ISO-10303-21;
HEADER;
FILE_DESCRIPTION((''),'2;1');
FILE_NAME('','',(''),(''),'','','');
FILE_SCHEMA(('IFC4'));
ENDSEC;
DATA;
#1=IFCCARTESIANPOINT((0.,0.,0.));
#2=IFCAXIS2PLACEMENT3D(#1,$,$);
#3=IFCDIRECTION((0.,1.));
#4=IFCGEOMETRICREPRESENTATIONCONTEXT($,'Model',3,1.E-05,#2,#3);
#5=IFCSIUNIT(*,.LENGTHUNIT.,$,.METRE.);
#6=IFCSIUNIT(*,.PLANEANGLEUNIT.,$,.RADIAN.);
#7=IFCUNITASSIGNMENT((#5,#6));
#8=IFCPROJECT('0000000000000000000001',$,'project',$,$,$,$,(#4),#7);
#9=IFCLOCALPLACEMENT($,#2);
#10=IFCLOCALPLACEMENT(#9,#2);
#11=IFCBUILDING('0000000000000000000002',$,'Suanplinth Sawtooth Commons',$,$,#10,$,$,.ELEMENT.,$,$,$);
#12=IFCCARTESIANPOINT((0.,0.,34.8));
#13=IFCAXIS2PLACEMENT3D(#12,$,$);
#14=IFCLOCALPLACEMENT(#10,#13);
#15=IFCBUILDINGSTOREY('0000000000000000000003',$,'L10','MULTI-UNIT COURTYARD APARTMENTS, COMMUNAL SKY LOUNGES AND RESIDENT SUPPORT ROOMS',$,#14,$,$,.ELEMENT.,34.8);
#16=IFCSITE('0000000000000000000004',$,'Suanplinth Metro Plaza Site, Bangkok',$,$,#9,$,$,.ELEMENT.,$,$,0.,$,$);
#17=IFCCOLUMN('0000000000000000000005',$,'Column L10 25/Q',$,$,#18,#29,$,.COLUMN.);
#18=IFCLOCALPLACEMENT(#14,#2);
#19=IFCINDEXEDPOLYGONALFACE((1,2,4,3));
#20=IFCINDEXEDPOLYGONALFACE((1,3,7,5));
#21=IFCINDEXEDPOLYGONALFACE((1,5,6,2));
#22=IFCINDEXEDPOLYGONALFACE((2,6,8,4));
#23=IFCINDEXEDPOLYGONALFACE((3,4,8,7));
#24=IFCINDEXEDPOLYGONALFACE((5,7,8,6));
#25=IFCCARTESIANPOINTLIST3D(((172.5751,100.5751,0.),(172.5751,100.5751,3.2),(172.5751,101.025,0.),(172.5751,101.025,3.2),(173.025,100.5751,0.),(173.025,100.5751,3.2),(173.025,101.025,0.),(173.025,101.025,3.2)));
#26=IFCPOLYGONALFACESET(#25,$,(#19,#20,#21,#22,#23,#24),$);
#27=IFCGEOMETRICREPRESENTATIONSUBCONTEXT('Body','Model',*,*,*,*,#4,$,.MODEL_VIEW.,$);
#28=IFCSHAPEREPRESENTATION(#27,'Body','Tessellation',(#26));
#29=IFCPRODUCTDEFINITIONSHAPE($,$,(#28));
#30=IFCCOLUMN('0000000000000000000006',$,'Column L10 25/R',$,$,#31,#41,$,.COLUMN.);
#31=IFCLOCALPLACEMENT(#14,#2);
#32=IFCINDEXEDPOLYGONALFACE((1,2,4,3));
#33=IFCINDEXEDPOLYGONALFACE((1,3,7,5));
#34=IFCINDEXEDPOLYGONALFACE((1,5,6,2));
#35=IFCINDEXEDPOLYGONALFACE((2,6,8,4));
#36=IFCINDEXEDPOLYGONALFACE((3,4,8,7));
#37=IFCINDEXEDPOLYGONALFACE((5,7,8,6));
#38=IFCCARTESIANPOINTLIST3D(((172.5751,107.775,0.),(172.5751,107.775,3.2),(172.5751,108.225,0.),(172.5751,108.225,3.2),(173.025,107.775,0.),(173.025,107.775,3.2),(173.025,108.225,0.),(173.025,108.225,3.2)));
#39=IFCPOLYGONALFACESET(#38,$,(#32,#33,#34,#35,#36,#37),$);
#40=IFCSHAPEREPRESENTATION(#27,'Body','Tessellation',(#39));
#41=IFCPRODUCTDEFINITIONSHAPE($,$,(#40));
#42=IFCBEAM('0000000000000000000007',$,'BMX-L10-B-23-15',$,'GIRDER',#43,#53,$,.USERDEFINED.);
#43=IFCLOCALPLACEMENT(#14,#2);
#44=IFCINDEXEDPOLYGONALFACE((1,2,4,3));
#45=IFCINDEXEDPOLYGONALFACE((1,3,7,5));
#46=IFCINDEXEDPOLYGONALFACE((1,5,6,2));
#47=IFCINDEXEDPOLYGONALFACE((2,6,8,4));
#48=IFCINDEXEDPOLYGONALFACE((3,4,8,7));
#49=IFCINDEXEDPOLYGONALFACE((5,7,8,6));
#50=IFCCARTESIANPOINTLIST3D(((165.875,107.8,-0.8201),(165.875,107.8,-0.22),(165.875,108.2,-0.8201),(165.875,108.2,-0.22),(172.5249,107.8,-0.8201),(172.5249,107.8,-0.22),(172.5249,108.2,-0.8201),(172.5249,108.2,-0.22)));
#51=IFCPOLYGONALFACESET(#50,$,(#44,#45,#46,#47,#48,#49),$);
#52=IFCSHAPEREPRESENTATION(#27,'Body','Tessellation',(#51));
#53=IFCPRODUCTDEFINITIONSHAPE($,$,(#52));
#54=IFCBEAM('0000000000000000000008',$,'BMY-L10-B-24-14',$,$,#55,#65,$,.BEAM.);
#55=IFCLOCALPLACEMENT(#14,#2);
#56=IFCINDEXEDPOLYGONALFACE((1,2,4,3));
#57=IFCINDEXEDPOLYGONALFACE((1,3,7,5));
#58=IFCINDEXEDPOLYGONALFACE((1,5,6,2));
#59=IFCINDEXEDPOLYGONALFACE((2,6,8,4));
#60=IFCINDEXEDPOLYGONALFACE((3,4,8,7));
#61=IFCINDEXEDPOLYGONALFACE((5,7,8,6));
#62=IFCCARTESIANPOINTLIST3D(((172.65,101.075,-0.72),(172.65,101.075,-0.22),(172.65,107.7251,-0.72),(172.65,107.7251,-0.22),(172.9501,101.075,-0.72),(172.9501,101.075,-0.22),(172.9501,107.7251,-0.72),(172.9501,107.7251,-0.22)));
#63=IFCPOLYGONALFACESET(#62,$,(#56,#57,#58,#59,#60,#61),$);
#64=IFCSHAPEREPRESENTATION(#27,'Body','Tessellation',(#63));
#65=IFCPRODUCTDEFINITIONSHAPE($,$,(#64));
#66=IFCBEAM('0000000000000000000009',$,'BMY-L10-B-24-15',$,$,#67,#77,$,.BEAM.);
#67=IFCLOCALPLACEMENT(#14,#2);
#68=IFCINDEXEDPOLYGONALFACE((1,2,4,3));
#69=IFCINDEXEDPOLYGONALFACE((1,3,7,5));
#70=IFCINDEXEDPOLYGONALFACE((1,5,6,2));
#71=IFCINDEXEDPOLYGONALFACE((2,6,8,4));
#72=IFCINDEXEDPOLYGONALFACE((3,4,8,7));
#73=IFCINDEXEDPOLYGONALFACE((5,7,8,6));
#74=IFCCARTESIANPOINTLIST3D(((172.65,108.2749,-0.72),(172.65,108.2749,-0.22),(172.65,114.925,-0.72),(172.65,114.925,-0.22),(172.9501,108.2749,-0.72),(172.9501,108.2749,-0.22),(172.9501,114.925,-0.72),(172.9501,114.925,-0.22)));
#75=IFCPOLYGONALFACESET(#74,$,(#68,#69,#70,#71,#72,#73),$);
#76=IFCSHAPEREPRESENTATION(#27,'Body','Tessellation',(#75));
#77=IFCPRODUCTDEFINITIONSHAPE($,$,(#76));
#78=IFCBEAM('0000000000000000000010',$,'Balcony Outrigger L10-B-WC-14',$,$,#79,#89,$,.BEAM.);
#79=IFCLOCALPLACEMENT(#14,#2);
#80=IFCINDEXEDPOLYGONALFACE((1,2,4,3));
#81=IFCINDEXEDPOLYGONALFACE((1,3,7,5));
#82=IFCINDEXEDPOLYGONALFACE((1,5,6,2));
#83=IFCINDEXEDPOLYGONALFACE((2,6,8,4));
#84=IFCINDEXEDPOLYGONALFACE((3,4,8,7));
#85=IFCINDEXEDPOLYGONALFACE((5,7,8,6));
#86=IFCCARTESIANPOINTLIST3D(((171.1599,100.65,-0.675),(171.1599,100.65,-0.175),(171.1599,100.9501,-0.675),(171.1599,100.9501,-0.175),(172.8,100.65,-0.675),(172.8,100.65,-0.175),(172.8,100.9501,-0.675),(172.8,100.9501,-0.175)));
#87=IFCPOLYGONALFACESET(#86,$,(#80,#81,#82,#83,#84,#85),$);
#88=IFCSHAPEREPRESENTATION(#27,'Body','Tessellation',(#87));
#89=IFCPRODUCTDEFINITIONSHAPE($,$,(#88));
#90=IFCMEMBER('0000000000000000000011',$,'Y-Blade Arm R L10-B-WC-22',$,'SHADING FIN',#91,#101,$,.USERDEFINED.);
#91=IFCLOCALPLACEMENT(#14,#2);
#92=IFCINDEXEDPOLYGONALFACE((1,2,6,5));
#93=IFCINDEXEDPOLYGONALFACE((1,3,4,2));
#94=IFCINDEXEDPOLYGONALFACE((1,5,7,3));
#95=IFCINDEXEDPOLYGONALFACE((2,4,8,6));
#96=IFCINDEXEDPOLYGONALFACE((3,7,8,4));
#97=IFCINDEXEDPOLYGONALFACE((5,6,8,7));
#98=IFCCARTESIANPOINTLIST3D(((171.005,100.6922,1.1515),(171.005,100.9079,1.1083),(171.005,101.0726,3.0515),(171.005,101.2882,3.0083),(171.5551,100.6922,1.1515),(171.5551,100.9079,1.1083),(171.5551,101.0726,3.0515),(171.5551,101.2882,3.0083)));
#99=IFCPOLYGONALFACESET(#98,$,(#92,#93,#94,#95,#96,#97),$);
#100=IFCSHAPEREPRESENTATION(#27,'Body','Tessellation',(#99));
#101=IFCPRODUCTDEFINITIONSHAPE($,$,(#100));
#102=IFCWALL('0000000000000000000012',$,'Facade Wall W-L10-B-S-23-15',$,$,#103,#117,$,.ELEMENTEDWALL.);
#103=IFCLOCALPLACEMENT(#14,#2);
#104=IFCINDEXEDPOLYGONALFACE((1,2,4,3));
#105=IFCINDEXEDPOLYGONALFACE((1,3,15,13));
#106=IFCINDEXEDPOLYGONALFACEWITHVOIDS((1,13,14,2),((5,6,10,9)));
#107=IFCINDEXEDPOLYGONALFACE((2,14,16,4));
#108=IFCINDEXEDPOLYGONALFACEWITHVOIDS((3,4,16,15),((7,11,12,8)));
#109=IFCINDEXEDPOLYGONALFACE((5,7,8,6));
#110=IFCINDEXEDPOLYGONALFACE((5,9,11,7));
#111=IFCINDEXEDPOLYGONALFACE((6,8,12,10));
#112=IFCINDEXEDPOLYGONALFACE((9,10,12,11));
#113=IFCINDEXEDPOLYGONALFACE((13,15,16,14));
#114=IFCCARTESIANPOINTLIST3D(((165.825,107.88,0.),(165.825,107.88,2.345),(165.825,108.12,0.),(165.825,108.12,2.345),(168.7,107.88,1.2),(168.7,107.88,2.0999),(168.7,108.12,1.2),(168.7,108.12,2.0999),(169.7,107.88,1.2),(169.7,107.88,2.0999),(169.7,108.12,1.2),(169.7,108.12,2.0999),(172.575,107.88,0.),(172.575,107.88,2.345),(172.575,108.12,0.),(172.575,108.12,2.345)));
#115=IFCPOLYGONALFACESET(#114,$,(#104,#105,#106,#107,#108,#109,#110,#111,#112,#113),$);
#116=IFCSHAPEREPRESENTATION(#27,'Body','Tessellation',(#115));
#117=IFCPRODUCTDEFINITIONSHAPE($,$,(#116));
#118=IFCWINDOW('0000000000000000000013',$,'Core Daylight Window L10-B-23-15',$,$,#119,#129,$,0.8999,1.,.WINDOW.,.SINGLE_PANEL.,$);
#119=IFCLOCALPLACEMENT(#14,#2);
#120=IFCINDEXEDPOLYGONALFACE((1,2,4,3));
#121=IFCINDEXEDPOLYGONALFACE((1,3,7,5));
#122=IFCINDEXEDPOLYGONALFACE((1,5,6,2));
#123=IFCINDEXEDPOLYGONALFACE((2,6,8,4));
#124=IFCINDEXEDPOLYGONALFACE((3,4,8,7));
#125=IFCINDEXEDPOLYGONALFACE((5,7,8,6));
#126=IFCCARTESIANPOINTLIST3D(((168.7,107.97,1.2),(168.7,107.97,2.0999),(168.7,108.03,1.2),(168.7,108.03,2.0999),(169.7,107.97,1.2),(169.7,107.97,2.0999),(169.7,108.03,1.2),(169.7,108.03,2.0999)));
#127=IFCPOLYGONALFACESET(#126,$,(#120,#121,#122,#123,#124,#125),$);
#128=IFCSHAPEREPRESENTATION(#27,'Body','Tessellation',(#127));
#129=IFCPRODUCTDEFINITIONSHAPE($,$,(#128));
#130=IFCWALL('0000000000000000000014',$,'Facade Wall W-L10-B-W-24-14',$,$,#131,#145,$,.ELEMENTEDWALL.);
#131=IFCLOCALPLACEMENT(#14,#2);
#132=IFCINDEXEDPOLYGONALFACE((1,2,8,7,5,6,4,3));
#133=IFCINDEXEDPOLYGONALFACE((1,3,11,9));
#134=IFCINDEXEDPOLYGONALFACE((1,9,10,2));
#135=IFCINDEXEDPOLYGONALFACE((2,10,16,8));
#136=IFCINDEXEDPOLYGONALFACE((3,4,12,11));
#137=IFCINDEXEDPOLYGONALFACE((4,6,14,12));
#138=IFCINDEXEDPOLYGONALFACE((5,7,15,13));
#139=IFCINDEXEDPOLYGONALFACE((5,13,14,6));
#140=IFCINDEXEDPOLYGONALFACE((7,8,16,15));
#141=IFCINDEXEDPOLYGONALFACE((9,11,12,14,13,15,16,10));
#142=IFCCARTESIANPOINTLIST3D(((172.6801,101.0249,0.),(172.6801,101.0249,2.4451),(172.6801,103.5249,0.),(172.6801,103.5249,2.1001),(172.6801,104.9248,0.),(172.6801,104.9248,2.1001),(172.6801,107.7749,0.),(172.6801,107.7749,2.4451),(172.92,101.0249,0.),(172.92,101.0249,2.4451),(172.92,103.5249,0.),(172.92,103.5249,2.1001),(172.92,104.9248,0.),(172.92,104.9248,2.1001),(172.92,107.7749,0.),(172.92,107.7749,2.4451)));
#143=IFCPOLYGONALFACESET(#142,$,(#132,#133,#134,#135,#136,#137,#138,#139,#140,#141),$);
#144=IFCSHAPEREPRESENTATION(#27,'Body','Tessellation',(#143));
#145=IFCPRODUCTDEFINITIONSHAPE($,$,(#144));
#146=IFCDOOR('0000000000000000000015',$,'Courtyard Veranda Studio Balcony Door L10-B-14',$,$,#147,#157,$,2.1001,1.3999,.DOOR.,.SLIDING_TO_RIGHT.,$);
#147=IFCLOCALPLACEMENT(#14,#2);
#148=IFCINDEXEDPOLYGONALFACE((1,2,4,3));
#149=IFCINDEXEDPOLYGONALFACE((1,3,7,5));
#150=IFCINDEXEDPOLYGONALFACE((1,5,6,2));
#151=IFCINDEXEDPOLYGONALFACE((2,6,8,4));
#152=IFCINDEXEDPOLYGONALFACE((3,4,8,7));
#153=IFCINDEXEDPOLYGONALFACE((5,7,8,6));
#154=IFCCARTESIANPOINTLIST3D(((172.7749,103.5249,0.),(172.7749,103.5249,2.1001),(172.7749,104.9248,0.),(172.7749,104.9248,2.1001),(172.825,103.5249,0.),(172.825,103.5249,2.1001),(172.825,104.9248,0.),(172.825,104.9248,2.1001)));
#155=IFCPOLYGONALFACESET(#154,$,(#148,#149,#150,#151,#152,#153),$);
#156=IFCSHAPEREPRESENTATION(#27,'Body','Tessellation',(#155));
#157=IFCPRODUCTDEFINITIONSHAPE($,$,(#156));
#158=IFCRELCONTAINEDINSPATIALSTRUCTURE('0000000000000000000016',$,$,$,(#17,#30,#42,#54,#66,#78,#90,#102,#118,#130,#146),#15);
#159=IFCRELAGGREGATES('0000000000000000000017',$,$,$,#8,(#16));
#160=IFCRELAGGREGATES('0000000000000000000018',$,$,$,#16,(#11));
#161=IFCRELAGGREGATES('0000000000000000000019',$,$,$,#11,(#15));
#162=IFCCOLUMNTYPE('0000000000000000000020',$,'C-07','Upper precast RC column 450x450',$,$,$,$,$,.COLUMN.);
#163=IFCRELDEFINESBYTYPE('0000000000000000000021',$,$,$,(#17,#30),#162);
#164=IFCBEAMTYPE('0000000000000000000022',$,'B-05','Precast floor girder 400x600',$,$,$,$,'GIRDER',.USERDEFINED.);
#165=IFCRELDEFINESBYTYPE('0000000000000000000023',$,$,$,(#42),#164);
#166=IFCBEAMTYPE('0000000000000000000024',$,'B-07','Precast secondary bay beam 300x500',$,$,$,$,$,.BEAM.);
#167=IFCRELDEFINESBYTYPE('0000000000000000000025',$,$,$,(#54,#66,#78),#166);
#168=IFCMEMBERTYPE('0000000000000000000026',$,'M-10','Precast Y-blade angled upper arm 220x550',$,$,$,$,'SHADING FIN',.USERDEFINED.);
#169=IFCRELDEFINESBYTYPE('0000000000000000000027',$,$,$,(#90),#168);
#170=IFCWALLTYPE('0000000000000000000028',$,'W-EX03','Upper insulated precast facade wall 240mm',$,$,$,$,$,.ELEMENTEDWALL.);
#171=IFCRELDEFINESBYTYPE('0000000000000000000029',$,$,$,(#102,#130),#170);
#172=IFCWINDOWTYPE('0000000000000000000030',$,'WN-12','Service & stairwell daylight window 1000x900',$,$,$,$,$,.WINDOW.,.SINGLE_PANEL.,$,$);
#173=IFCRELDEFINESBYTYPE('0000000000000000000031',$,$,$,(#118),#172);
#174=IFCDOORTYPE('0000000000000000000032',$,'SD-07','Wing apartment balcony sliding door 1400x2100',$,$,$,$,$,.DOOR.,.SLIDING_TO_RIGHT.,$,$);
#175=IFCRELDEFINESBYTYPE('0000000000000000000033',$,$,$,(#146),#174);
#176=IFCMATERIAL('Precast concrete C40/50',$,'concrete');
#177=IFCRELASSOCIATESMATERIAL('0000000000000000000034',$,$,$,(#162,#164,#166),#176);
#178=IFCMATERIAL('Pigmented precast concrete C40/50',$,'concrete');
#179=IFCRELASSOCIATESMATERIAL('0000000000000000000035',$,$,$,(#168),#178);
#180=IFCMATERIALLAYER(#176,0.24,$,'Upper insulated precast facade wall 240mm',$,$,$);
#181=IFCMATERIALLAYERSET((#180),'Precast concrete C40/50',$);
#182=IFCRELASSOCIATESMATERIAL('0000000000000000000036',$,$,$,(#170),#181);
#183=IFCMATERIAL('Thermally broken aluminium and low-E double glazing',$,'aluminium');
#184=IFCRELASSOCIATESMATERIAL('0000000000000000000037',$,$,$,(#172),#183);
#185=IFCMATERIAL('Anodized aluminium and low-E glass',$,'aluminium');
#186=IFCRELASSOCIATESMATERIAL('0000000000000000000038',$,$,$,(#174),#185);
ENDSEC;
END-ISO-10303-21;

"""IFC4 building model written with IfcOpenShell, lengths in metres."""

from ifc_helpers import new_model, si_unit, direction, frame, frame_2d, origin, origin_2d, place, context, subcontext, project, spatial, rectangle, extrude, material, layer, layer_set, material_profile, profile_set, type_object, element, fill, save


model = new_model("IFC4")

# Units and contexts
model_context = context("Model", 3, precision=1e-05, world=origin(), true_north=direction((0.0, 1.0)))
body_context = subcontext(model_context, "Body", "Model", "MODEL_VIEW")
ifc_project = project(units=[si_unit("LENGTHUNIT", "METRE"), si_unit("PLANEANGLEUNIT", "RADIAN")], contexts=[model_context])

# Site, building, storey
site_placement = place(None, origin())
site = spatial("IfcSite", under=ifc_project, at=site_placement, Name="Suanplinth Metro Plaza Site, Bangkok", CompositionType="ELEMENT", RefElevation=0.0)
building_placement = place(site_placement, origin())
building = spatial("IfcBuilding", under=site, at=building_placement, Name="Suanplinth Sawtooth Commons", CompositionType="ELEMENT")
storey_placement = place(building_placement, frame((0.0, 0.0, 34.8)))
storey = spatial("IfcBuildingStorey", under=building, at=storey_placement, Name="L10", Description="MULTI-UNIT COURTYARD APARTMENTS, COMMUNAL SKY LOUNGES AND RESIDENT SUPPORT ROOMS", CompositionType="ELEMENT", Elevation=34.8)

# Columns
ifc_material_1 = material(Name="Precast concrete C40/50", Category="concrete")
ifc_material_profile_1 = material_profile(ifc_material_1, rectangle(XDim=0.45, YDim=0.45, at=origin_2d()), Name="PC-COL 450x450")
ifc_profile_set_1 = profile_set([ifc_material_profile_1], Name="Precast concrete C40/50")
column_type = type_object("IfcColumnType", Name="C-07", Description="Upper precast RC column 450x450", PredefinedType="COLUMN", material=ifc_profile_set_1)
for number, where, z_axis, x_axis, name in (
    (1, (172.8, 100.8, 0.0), (0.0, 0.0, 1.0), (1.0, 0.0, 0.0), "Column L10 25/Q"),
    (2, (172.8, 108.0, 0.0), (0.0, 0.0, 1.0), (1.0, 0.0, 0.0), "Column L10 25/R"),
):
    element("IfcColumn", number, at=place(storey_placement, frame(where, z_axis=z_axis, x_axis=x_axis)), inside=storey, type_object=column_type, Name=name, PredefinedType="COLUMN", context=body_context, shape_type="SweptSolid", body=[
        extrude(rectangle(XDim=0.45, YDim=0.45, at=origin_2d()), origin(), (0.0, 0.0, 1.0), 3.2),
    ])

# Beams
ifc_material_profile_2 = material_profile(ifc_material_1, rectangle(XDim=0.3999, YDim=0.6001, at=origin_2d()), Name="PC-GDR 400x600")
ifc_profile_set_2 = profile_set([ifc_material_profile_2], Name="Precast concrete C40/50")
beam_type_1 = type_object("IfcBeamType", Name="B-05", Description="Precast floor girder 400x600", ElementType="GIRDER", PredefinedType="USERDEFINED", material=ifc_profile_set_2)
beam_1_placement = place(storey_placement, frame((165.875, 108.0, -0.52), z_axis=(1.0, 0.0, 0.0), x_axis=(0.0, 1.0, 0.0)))
element("IfcBeam", 3, at=beam_1_placement, inside=storey, type_object=beam_type_1, Name="BMX-L10-B-23-15", ObjectType="GIRDER", PredefinedType="USERDEFINED", context=body_context, shape_type="SweptSolid", body=[
    extrude(rectangle(XDim=0.3999, YDim=0.6001, at=origin_2d()), origin(), (0.0, 0.0, 1.0), 6.6499),
])
ifc_material_profile_3 = material_profile(ifc_material_1, rectangle(XDim=0.3, YDim=0.5, at=origin_2d()), Name="PC-BM 300x500")
ifc_profile_set_3 = profile_set([ifc_material_profile_3], Name="Precast concrete C40/50")
beam_type_2 = type_object("IfcBeamType", Name="B-07", Description="Precast secondary bay beam 300x500", PredefinedType="BEAM", material=ifc_profile_set_3)
for number, where, z_axis, x_axis, name in (
    (4, (172.8, 101.075, -0.47), (0.0, 1.0, 0.0), (-1.0, 0.0, 0.0), "BMY-L10-B-24-14"),
    (5, (172.8, 108.2749, -0.47), (0.0, 1.0, 0.0), (-1.0, 0.0, 0.0), "BMY-L10-B-24-15"),
):
    element("IfcBeam", number, at=place(storey_placement, frame(where, z_axis=z_axis, x_axis=x_axis)), inside=storey, type_object=beam_type_2, Name=name, PredefinedType="BEAM", context=body_context, shape_type="SweptSolid", body=[
        extrude(rectangle(XDim=0.3, YDim=0.5, at=origin_2d()), origin(), (0.0, 0.0, 1.0), 6.6501),
    ])
beam_2_placement = place(storey_placement, frame((172.8, 100.8, -0.425), z_axis=(-1.0, 0.0, 0.0), x_axis=(0.0, -1.0, 0.0)))
element("IfcBeam", 6, at=beam_2_placement, inside=storey, type_object=beam_type_2, Name="Balcony Outrigger L10-B-WC-14", PredefinedType="BEAM", context=body_context, shape_type="SweptSolid", body=[
    extrude(rectangle(XDim=0.3, YDim=0.5, at=origin_2d()), origin(), (0.0, 0.0, 1.0), 1.6401),
])

# Member
ifc_material_2 = material(Name="Pigmented precast concrete C40/50", Category="concrete")
ifc_material_profile_4 = material_profile(ifc_material_2, rectangle(XDim=0.22, YDim=0.55, at=origin_2d()), Name="PC-FIN 220x550")
ifc_profile_set_4 = profile_set([ifc_material_profile_4], Name="Pigmented precast concrete C40/50")
member_type = type_object("IfcMemberType", Name="M-10", Description="Precast Y-blade angled upper arm 220x550", ElementType="SHADING FIN", PredefinedType="USERDEFINED", material=ifc_profile_set_4)
member_placement = place(storey_placement, frame((171.28, 100.8, 1.1299), z_axis=(0.0, 0.196286, 0.980547), x_axis=(0.0, -0.980547, 0.196286)))
element("IfcMember", 7, at=member_placement, inside=storey, type_object=member_type, Name="Y-Blade Arm R L10-B-WC-22", ObjectType="SHADING FIN", PredefinedType="USERDEFINED", context=body_context, shape_type="SweptSolid", body=[
    extrude(rectangle(XDim=0.22, YDim=0.55, at=origin_2d()), origin(), (0.0, 0.0, 1.0), 1.9377),
])

# Wall, opening, window
ifc_layer_1 = layer(ifc_material_1, 0.24, Name="Upper insulated precast facade wall 240mm")
ifc_layer_set_1 = layer_set([ifc_layer_1], Name="Precast concrete C40/50")
wall_type_1 = type_object("IfcWallType", Name="W-EX03", Description="Upper insulated precast facade wall 240mm", PredefinedType="ELEMENTEDWALL", material=ifc_layer_set_1)
wall_1_placement = place(storey_placement, frame((165.825, 108.0, 0.0), z_axis=(0.0, 0.0, 1.0), x_axis=(1.0, 0.0, 0.0)))
wall_1 = element("IfcWall", 8, at=wall_1_placement, inside=storey, type_object=wall_type_1, Name="Facade Wall W-L10-B-S-23-15", PredefinedType="ELEMENTEDWALL", context=body_context, shape_type="SweptSolid", body=[
    extrude(rectangle(XDim=6.75, YDim=0.24, at=frame_2d((3.375, 0.0))), origin(), (0.0, 0.0, 1.0), 2.345),
])
opening_1_placement = place(wall_1_placement, frame((2.875, 0.0, 1.2)))
opening_1 = element("IfcOpeningElement", 9, at=opening_1_placement, cuts=wall_1, PredefinedType="OPENING", context=body_context, shape_type="SweptSolid", body=[
    extrude(rectangle(XDim=1.0, YDim=0.8999, at=frame_2d((0.5, 0.45))), frame((0.0, 0.1348, 0.0), z_axis=(0.0, -1.0, 0.0), x_axis=(1.0, 0.0, 0.0)), (0.0, 0.0, 1.0), 0.2698),
])
ifc_material_3 = material(Name="Thermally broken aluminium and low-E double glazing", Category="aluminium")
window_type = type_object("IfcWindowType", Name="WN-12", Description="Service & stairwell daylight window 1000x900", PartitioningType="SINGLE_PANEL", PredefinedType="WINDOW", material=ifc_material_3)
window_placement = place(opening_1_placement, origin())
window = element("IfcWindow", 10, at=window_placement, inside=storey, type_object=window_type, Name="Core Daylight Window L10-B-23-15", OverallHeight=0.8999, OverallWidth=1.0, PartitioningType="SINGLE_PANEL", PredefinedType="WINDOW", context=body_context, shape_type="SweptSolid", body=[
    extrude(rectangle(XDim=1.0, YDim=0.8999, at=frame_2d((0.5, 0.45))), frame((0.0, 0.03, 0.0), z_axis=(0.0, -1.0, 0.0), x_axis=(1.0, 0.0, 0.0)), (0.0, 0.0, 1.0), 0.0601),
])
fill(opening_1, window)

# Wall, opening, door
wall_2_placement = place(storey_placement, frame((172.8, 101.0249, 0.0), z_axis=(0.0, 0.0, 1.0), x_axis=(0.0, 1.0, 0.0)))
wall_2 = element("IfcWall", 11, at=wall_2_placement, inside=storey, type_object=wall_type_1, Name="Facade Wall W-L10-B-W-24-14", PredefinedType="ELEMENTEDWALL", context=body_context, shape_type="SweptSolid", body=[
    extrude(rectangle(XDim=6.75, YDim=0.24, at=frame_2d((3.375, 0.0))), origin(), (0.0, 0.0, 1.0), 2.4451),
])
opening_2_placement = place(wall_2_placement, frame((2.5, 0.0, 0.0)))
opening_2 = element("IfcOpeningElement", 12, at=opening_2_placement, cuts=wall_2, PredefinedType="OPENING", context=body_context, shape_type="SweptSolid", body=[
    extrude(rectangle(XDim=1.3999, YDim=2.1001, at=frame_2d((0.7, 1.05))), frame((0.0, 0.1348, 0.0), z_axis=(0.0, -1.0, 0.0), x_axis=(1.0, 0.0, 0.0)), (0.0, 0.0, 1.0), 0.2698),
])
ifc_material_4 = material(Name="Anodized aluminium and low-E glass", Category="aluminium")
door_type_1 = type_object("IfcDoorType", Name="SD-07", Description="Wing apartment balcony sliding door 1400x2100", OperationType="SLIDING_TO_RIGHT", PredefinedType="DOOR", material=ifc_material_4)
door_1_placement = place(opening_2_placement, frame((1.3999, 0.0, 0.0), z_axis=(0.0, 0.0, 1.0), x_axis=(-1.0, 0.0, 0.0)))
door_1 = element("IfcDoor", 13, at=door_1_placement, inside=storey, type_object=door_type_1, Name="Courtyard Veranda Studio Balcony Door L10-B-14", OperationType="SLIDING_TO_RIGHT", OverallHeight=2.1001, OverallWidth=1.3999, PredefinedType="DOOR", context=body_context, shape_type="SweptSolid", body=[
    extrude(rectangle(XDim=1.3999, YDim=2.1001, at=frame_2d((0.7, 1.05))), frame((0.0, 0.0249, 0.0), z_axis=(0.0, -1.0, 0.0), x_axis=(1.0, 0.0, 0.0)), (0.0, 0.0, 1.0), 0.05),
])
fill(opening_2, door_1)

save(model, "model.ifc")
